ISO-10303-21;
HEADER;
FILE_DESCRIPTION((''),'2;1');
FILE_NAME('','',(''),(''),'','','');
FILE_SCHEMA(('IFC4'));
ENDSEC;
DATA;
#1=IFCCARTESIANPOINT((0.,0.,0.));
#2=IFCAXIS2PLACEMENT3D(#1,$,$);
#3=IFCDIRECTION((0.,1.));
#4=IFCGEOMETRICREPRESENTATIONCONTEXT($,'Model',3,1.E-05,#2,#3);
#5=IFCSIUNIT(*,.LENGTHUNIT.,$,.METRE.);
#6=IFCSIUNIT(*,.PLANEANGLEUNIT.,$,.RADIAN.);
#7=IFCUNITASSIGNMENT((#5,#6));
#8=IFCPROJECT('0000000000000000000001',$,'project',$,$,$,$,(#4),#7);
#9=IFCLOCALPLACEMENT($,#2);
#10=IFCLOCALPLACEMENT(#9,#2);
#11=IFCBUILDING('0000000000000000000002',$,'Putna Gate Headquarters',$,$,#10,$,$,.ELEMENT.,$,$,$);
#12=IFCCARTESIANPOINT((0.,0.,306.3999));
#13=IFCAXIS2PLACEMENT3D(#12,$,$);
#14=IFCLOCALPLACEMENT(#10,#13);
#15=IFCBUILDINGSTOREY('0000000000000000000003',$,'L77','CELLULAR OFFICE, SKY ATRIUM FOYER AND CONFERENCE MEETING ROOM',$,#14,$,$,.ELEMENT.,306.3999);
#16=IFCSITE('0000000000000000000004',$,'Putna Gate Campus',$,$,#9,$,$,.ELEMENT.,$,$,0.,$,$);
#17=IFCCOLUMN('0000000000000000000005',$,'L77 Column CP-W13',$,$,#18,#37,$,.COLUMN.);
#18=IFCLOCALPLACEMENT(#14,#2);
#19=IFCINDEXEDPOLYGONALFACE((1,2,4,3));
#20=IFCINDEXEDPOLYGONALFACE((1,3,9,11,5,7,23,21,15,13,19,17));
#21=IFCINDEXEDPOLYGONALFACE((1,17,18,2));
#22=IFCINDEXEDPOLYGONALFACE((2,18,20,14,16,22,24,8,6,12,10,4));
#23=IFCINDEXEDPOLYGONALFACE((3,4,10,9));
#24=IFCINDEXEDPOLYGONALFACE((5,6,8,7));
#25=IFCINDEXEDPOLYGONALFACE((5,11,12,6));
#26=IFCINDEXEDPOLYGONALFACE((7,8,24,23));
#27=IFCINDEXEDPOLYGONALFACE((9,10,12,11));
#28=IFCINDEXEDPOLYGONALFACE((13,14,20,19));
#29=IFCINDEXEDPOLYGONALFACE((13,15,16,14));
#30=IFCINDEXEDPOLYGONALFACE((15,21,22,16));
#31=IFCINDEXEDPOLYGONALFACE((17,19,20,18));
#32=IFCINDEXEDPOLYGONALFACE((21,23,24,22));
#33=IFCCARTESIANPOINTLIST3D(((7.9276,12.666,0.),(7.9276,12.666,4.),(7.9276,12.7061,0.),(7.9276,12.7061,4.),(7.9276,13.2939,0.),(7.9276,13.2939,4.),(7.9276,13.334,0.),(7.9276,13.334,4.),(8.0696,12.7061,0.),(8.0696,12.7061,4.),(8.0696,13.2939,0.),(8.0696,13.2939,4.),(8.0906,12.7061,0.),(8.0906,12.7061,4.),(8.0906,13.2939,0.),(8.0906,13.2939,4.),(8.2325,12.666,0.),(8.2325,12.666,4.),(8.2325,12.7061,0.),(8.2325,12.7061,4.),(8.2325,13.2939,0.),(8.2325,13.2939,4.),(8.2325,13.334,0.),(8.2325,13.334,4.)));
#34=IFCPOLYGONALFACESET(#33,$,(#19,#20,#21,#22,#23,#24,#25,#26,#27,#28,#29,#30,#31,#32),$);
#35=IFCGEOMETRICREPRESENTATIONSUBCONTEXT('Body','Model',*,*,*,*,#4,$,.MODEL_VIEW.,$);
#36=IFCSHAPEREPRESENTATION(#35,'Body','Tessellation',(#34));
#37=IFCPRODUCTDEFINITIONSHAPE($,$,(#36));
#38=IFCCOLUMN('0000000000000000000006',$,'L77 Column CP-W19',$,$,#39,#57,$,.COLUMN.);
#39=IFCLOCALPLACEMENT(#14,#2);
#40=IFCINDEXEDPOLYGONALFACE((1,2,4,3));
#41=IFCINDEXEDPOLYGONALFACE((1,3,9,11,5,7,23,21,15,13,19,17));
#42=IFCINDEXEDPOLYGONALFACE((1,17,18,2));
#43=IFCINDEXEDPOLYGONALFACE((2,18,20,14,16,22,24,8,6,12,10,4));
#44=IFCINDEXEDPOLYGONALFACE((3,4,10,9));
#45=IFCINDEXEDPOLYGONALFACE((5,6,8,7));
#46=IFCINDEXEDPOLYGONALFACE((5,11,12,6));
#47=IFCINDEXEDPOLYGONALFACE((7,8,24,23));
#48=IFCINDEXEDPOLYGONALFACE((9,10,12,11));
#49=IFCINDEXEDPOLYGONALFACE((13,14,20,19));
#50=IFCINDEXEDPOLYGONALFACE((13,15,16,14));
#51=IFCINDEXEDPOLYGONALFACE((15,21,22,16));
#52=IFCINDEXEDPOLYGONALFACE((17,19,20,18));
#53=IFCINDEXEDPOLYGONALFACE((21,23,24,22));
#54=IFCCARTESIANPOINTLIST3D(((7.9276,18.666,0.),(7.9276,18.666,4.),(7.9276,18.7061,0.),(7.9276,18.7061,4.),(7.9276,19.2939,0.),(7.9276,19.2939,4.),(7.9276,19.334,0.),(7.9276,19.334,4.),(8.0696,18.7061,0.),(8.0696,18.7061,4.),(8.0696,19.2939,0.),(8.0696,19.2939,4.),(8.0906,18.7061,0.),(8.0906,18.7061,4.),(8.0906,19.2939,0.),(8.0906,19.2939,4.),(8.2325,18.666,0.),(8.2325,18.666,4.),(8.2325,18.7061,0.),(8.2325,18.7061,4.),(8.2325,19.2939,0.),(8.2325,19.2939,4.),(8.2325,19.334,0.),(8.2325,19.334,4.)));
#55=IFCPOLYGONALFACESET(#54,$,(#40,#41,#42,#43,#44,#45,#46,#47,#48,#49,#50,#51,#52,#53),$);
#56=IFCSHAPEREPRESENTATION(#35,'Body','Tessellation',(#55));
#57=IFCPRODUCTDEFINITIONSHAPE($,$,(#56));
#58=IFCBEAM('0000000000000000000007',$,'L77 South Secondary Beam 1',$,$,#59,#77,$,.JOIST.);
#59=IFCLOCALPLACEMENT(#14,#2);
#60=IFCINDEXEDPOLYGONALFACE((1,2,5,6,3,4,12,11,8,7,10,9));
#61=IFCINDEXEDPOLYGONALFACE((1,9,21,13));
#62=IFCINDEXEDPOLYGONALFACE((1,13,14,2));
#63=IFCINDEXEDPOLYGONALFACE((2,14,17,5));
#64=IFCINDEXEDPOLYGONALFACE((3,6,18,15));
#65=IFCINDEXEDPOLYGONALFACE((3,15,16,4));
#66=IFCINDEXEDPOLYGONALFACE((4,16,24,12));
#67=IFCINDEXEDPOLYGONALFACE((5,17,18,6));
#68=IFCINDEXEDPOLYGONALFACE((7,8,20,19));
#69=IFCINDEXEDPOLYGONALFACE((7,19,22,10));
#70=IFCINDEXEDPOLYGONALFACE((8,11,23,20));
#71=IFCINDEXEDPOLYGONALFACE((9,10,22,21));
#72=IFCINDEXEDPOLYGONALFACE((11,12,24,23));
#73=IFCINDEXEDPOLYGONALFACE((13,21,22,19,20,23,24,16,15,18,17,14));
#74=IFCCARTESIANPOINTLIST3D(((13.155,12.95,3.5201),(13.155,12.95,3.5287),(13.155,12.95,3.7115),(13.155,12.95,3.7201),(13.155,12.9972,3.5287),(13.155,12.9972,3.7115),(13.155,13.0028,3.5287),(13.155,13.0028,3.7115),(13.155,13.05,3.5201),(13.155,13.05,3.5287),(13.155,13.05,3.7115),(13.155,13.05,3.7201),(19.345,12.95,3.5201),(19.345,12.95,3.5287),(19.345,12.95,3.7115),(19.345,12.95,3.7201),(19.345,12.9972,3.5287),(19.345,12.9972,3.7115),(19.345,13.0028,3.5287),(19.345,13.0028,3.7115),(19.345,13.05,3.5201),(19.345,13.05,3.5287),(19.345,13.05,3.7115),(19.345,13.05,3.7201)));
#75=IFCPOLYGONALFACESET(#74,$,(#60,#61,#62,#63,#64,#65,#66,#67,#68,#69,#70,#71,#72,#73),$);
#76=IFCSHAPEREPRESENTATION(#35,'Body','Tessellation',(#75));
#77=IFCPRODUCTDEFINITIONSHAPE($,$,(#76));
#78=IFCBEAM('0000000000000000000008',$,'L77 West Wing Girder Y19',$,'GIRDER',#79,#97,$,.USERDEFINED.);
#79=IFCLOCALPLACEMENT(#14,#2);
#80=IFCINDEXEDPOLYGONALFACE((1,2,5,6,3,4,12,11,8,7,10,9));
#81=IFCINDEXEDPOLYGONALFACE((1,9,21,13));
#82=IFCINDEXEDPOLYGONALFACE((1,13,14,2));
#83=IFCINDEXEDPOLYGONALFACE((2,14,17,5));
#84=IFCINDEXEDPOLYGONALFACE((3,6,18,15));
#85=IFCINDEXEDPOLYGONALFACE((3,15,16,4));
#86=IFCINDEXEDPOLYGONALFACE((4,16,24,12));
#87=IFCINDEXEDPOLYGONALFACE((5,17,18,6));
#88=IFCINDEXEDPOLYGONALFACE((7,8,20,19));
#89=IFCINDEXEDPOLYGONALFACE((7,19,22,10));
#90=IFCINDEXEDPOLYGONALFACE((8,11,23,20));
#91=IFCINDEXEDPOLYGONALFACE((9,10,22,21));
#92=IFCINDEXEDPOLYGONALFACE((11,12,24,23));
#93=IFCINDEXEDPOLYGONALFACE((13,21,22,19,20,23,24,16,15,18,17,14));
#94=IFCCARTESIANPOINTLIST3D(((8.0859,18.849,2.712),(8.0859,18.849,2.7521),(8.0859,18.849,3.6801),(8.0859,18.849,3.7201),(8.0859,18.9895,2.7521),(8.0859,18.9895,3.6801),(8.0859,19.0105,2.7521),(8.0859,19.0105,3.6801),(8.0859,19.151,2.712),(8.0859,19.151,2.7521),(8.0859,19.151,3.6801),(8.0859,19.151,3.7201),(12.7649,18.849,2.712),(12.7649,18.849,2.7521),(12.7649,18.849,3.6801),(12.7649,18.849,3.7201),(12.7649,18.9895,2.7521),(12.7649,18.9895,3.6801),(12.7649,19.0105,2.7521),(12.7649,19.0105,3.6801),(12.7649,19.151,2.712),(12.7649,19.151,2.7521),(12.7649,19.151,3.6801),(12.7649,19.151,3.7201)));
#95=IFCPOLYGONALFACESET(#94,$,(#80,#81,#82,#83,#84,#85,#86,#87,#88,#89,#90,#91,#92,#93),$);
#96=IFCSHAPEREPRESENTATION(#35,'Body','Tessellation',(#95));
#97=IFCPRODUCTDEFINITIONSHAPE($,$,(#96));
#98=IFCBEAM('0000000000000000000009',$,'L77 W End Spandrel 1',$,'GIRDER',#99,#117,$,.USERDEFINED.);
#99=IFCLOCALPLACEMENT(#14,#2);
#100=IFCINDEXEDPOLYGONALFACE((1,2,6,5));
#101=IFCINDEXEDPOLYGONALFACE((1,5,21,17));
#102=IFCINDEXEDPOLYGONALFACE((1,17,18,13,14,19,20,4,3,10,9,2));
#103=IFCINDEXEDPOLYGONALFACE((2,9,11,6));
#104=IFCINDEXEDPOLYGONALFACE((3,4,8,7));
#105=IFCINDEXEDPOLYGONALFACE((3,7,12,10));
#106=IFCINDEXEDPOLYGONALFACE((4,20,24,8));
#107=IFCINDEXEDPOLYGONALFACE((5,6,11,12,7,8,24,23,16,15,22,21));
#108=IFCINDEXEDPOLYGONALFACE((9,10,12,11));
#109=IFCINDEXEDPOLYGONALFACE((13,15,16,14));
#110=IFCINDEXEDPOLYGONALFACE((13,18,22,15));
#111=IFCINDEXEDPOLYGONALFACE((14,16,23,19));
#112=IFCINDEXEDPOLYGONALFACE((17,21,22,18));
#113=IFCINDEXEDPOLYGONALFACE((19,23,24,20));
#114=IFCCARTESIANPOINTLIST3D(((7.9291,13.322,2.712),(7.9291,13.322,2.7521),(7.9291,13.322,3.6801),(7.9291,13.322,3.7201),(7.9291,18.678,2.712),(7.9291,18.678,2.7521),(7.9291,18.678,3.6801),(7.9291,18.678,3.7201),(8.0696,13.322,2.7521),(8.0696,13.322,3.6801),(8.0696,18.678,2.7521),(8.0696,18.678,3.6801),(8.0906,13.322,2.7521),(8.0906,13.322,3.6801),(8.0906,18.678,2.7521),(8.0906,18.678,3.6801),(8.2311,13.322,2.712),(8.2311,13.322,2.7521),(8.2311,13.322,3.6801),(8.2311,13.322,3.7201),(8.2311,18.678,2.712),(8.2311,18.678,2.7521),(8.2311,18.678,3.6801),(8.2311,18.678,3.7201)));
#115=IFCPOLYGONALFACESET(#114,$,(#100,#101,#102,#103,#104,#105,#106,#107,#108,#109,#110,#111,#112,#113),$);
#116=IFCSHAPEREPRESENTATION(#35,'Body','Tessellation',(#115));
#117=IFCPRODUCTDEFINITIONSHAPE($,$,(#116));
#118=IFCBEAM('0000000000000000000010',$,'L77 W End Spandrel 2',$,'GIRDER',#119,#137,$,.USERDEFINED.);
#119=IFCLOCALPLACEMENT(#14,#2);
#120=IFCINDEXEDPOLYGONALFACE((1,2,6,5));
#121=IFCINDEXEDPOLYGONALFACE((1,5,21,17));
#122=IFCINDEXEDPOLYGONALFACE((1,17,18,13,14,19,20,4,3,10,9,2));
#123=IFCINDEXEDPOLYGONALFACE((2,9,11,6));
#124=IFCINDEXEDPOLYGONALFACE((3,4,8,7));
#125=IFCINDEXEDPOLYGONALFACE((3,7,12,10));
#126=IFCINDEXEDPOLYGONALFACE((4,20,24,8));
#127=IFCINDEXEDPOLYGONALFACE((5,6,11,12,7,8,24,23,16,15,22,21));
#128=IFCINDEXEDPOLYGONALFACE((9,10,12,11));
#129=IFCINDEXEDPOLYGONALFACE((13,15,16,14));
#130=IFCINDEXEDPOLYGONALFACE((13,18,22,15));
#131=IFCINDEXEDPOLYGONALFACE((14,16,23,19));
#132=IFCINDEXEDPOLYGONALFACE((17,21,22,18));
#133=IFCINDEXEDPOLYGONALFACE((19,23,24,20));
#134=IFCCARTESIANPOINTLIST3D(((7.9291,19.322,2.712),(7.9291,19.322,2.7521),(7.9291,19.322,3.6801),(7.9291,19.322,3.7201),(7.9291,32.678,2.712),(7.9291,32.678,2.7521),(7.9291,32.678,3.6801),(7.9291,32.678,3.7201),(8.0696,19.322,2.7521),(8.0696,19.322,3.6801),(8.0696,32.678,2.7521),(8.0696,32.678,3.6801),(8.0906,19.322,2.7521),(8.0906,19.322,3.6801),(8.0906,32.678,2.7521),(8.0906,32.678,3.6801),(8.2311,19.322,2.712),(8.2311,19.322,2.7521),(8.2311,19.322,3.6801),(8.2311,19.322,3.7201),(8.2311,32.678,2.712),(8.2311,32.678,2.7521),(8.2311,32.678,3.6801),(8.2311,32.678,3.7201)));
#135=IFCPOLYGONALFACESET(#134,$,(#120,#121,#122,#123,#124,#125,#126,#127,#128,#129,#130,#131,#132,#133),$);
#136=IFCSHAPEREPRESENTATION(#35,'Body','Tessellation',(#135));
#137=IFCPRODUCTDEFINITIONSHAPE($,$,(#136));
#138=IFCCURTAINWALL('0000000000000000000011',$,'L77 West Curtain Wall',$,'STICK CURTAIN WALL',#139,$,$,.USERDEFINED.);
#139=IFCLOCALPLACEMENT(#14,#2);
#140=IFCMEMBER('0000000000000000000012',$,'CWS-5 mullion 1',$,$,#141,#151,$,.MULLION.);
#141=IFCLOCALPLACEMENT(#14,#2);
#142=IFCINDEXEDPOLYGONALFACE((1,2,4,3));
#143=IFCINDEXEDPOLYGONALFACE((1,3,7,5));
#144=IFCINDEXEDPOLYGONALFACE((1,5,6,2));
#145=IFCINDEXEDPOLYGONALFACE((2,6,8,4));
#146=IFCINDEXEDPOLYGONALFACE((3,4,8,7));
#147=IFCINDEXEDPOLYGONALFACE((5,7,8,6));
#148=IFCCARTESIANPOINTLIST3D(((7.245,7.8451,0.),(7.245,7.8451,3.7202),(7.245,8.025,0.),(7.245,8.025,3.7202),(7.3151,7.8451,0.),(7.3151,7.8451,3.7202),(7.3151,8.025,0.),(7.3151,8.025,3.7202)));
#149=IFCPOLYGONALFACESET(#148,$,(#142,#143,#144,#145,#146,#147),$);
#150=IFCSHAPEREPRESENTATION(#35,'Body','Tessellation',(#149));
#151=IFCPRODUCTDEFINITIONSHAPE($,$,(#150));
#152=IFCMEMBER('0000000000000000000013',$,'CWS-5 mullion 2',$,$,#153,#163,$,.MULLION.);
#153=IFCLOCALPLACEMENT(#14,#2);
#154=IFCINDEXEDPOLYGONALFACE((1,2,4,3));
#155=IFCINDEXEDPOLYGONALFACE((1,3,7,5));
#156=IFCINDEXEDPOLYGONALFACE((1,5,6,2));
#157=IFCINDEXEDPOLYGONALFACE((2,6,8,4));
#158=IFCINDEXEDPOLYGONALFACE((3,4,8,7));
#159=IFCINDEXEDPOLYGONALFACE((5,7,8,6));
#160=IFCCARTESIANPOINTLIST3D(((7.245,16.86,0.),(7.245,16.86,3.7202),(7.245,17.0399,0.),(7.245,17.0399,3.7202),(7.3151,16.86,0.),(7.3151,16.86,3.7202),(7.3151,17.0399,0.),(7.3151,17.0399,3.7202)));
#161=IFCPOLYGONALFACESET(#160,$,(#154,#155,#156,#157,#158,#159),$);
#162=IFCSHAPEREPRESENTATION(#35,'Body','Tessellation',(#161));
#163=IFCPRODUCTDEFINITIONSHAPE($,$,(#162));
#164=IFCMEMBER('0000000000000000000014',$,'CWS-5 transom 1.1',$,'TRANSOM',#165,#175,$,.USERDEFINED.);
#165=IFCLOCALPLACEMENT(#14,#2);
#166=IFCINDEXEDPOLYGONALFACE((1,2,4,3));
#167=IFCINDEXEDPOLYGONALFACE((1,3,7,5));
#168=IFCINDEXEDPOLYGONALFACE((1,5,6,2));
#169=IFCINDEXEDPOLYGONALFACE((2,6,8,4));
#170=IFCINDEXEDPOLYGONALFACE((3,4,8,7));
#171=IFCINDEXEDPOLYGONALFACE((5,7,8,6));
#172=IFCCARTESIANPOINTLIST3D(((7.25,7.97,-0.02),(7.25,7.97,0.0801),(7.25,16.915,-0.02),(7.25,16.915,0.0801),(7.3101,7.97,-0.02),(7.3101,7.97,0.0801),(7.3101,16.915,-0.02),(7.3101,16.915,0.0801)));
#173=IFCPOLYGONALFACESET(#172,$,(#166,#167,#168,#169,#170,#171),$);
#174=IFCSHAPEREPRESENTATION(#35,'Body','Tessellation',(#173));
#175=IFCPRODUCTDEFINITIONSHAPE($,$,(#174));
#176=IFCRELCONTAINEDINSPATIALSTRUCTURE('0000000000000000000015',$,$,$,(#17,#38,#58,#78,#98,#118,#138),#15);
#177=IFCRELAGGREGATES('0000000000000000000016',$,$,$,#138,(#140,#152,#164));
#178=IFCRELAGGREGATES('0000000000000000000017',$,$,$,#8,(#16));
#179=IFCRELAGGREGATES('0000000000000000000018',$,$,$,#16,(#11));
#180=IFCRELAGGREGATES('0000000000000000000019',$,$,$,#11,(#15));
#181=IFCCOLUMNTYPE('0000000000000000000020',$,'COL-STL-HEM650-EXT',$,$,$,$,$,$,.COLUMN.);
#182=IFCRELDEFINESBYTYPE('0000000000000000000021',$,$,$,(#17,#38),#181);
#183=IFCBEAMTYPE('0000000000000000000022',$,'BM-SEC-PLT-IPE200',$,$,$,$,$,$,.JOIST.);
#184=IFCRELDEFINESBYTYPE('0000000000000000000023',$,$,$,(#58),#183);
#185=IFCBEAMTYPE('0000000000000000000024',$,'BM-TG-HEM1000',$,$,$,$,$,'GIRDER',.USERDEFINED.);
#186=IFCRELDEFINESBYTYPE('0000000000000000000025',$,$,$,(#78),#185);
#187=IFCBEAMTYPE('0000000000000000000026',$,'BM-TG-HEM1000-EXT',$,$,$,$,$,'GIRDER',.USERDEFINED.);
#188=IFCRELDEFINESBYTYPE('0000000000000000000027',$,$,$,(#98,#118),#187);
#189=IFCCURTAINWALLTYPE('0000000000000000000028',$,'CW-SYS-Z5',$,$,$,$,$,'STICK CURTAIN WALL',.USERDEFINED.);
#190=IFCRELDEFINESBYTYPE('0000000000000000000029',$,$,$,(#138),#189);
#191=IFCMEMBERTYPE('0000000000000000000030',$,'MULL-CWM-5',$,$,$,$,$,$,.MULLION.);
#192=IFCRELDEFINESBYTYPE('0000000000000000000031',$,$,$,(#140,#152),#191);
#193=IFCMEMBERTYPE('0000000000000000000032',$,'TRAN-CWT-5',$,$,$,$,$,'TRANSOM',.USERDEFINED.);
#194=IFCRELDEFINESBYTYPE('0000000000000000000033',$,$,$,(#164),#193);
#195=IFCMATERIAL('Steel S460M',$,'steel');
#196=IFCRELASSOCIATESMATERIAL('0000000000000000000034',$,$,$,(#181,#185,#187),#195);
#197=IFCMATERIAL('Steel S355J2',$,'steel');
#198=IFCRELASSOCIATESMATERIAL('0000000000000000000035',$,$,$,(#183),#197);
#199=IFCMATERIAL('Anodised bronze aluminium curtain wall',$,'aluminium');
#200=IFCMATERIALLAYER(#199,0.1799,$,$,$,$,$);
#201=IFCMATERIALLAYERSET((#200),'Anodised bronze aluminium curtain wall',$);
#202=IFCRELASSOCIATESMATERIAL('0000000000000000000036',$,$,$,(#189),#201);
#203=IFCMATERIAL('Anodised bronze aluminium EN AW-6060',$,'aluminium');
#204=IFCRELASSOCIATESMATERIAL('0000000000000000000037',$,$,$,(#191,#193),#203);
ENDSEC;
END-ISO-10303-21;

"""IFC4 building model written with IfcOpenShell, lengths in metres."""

from ifc_helpers import new_model, si_unit, direction, frame, origin, origin_2d, place, context, subcontext, project, spatial, rectangle, i_section, extrude, material, layer, layer_set, material_profile, profile_set, type_object, element, aggregate, save


model = new_model("IFC4")

# Units and contexts
model_context = context("Model", 3, precision=1e-05, world=origin(), true_north=direction((0.0, 1.0)))
body_context = subcontext(model_context, "Body", "Model", "MODEL_VIEW")
ifc_project = project(units=[si_unit("LENGTHUNIT", "METRE"), si_unit("PLANEANGLEUNIT", "RADIAN")], contexts=[model_context])

# Site, building, storey
site_placement = place(None, origin())
site = spatial("IfcSite", under=ifc_project, at=site_placement, Name="Putna Gate Campus", CompositionType="ELEMENT", RefElevation=0.0)
building_placement = place(site_placement, origin())
building = spatial("IfcBuilding", under=site, at=building_placement, Name="Putna Gate Headquarters", CompositionType="ELEMENT")
storey_placement = place(building_placement, frame((0.0, 0.0, 306.3999)))
storey = spatial("IfcBuildingStorey", under=building, at=storey_placement, Name="L77", Description="CELLULAR OFFICE, SKY ATRIUM FOYER AND CONFERENCE MEETING ROOM", CompositionType="ELEMENT", Elevation=306.3999)

# Columns
ifc_material_1 = material(Name="Steel S460M", Category="steel")
ifc_material_profile_1 = material_profile(ifc_material_1, i_section(OverallWidth=0.3049, OverallDepth=0.668, WebThickness=0.021, FlangeThickness=0.04, at=origin_2d()), Name="Steel S460M")
ifc_profile_set_1 = profile_set([ifc_material_profile_1], Name="Steel S460M")
column_type = type_object("IfcColumnType", Name="COL-STL-HEM650-EXT", PredefinedType="COLUMN", material=ifc_profile_set_1)
for number, where, z_axis, x_axis, name in (
    (1, (8.0801, 13.0, 0.0), (0.0, 0.0, 1.0), (1.0, 0.0, 0.0), "L77 Column CP-W13"),
    (2, (8.0801, 19.0, 0.0), (0.0, 0.0, 1.0), (1.0, 0.0, 0.0), "L77 Column CP-W19"),
):
    element("IfcColumn", number, at=place(storey_placement, frame(where, z_axis=z_axis, x_axis=x_axis)), inside=storey, type_object=column_type, Name=name, PredefinedType="COLUMN", context=body_context, shape_type="SweptSolid", body=[
        extrude(i_section(OverallWidth=0.3049, OverallDepth=0.668, WebThickness=0.021, FlangeThickness=0.04, at=origin_2d()), origin(), (0.0, 0.0, 1.0), 4.0),
    ])

# Beams
ifc_material_2 = material(Name="Steel S355J2", Category="steel")
ifc_material_profile_2 = material_profile(ifc_material_2, i_section(OverallWidth=0.1001, OverallDepth=0.2, WebThickness=0.0056, FlangeThickness=0.0085, at=origin_2d()), Name="Steel S355J2")
ifc_profile_set_2 = profile_set([ifc_material_profile_2], Name="Steel S355J2")
beam_type_1 = type_object("IfcBeamType", Name="BM-SEC-PLT-IPE200", PredefinedType="JOIST", material=ifc_profile_set_2)
beam_1_placement = place(storey_placement, frame((13.155, 13.0, 3.6201), z_axis=(1.0, 0.0, 0.0), x_axis=(0.0, 1.0, 0.0)))
element("IfcBeam", 3, at=beam_1_placement, inside=storey, type_object=beam_type_1, Name="L77 South Secondary Beam 1", PredefinedType="JOIST", context=body_context, shape_type="SweptSolid", body=[
    extrude(i_section(OverallWidth=0.1001, OverallDepth=0.2, WebThickness=0.0056, FlangeThickness=0.0085, at=origin_2d()), origin(), (0.0, 0.0, 1.0), 6.1899),
])
ifc_material_profile_3 = material_profile(ifc_material_1, i_section(OverallWidth=0.302, OverallDepth=1.0081, WebThickness=0.021, FlangeThickness=0.04, at=origin_2d()), Name="Steel S460M")
ifc_profile_set_3 = profile_set([ifc_material_profile_3], Name="Steel S460M")
beam_type_2 = type_object("IfcBeamType", Name="BM-TG-HEM1000", ElementType="GIRDER", PredefinedType="USERDEFINED", material=ifc_profile_set_3)
beam_2_placement = place(storey_placement, frame((8.0859, 19.0, 3.2161), z_axis=(1.0, 0.0, 0.0), x_axis=(0.0, 1.0, 0.0)))
element("IfcBeam", 4, at=beam_2_placement, inside=storey, type_object=beam_type_2, Name="L77 West Wing Girder Y19", ObjectType="GIRDER", PredefinedType="USERDEFINED", context=body_context, shape_type="SweptSolid", body=[
    extrude(i_section(OverallWidth=0.302, OverallDepth=1.0081, WebThickness=0.021, FlangeThickness=0.04, at=origin_2d()), origin(), (0.0, 0.0, 1.0), 4.679),
])
ifc_material_profile_4 = material_profile(ifc_material_1, i_section(OverallWidth=0.302, OverallDepth=1.0081, WebThickness=0.021, FlangeThickness=0.04, at=origin_2d()), Name="Steel S460M")
ifc_profile_set_4 = profile_set([ifc_material_profile_4], Name="Steel S460M")
beam_type_3 = type_object("IfcBeamType", Name="BM-TG-HEM1000-EXT", ElementType="GIRDER", PredefinedType="USERDEFINED", material=ifc_profile_set_4)
beam_3_placement = place(storey_placement, frame((8.0801, 13.322, 3.2161), z_axis=(0.0, 1.0, 0.0), x_axis=(-1.0, 0.0, 0.0)))
element("IfcBeam", 5, at=beam_3_placement, inside=storey, type_object=beam_type_3, Name="L77 W End Spandrel 1", ObjectType="GIRDER", PredefinedType="USERDEFINED", context=body_context, shape_type="SweptSolid", body=[
    extrude(i_section(OverallWidth=0.302, OverallDepth=1.0081, WebThickness=0.021, FlangeThickness=0.04, at=origin_2d()), origin(), (0.0, 0.0, 1.0), 5.356),
])
beam_4_placement = place(storey_placement, frame((8.0801, 19.322, 3.2161), z_axis=(0.0, 1.0, 0.0), x_axis=(-1.0, 0.0, 0.0)))
element("IfcBeam", 6, at=beam_4_placement, inside=storey, type_object=beam_type_3, Name="L77 W End Spandrel 2", ObjectType="GIRDER", PredefinedType="USERDEFINED", context=body_context, shape_type="SweptSolid", body=[
    extrude(i_section(OverallWidth=0.302, OverallDepth=1.0081, WebThickness=0.021, FlangeThickness=0.04, at=origin_2d()), origin(), (0.0, 0.0, 1.0), 13.356),
])

# Curtain wall, members
ifc_material_3 = material(Name="Anodised bronze aluminium curtain wall", Category="aluminium")
ifc_layer_1 = layer(ifc_material_3, 0.1799)
ifc_layer_set_1 = layer_set([ifc_layer_1], Name="Anodised bronze aluminium curtain wall")
curtain_wall_type = type_object("IfcCurtainWallType", Name="CW-SYS-Z5", ElementType="STICK CURTAIN WALL", PredefinedType="USERDEFINED", material=ifc_layer_set_1)
curtain_wall_placement = place(storey_placement, origin())
curtain_wall = element("IfcCurtainWall", 7, at=curtain_wall_placement, inside=storey, type_object=curtain_wall_type, Name="L77 West Curtain Wall", ObjectType="STICK CURTAIN WALL", PredefinedType="USERDEFINED")
ifc_material_4 = material(Name="Anodised bronze aluminium EN AW-6060", Category="aluminium")
ifc_material_profile_5 = material_profile(ifc_material_4, rectangle(XDim=0.0701, YDim=0.1799, at=origin_2d()), Name="Anodised bronze aluminium EN AW-6060")
ifc_profile_set_5 = profile_set([ifc_material_profile_5], Name="Anodised bronze aluminium EN AW-6060")
member_type_1 = type_object("IfcMemberType", Name="MULL-CWM-5", PredefinedType="MULLION", material=ifc_profile_set_5)
member_1_placement = place(storey_placement, frame((7.28, 7.9351, 0.0), z_axis=(0.0, 0.0, 1.0), x_axis=(-1.0, 0.0, 0.0)))
member_1 = element("IfcMember", 8, at=member_1_placement, type_object=member_type_1, Name="CWS-5 mullion 1", PredefinedType="MULLION", context=body_context, shape_type="SweptSolid", body=[
    extrude(rectangle(XDim=0.0701, YDim=0.1799, at=origin_2d()), origin(), (0.0, 0.0, 1.0), 3.7202),
])
member_2_placement = place(storey_placement, frame((7.28, 16.95, 0.0), z_axis=(0.0, 0.0, 1.0), x_axis=(-1.0, 0.0, 0.0)))
member_2 = element("IfcMember", 9, at=member_2_placement, type_object=member_type_1, Name="CWS-5 mullion 2", PredefinedType="MULLION", context=body_context, shape_type="SweptSolid", body=[
    extrude(rectangle(XDim=0.0701, YDim=0.1799, at=origin_2d()), origin(), (0.0, 0.0, 1.0), 3.7202),
])
ifc_material_profile_6 = material_profile(ifc_material_4, rectangle(XDim=0.0601, YDim=0.1001, at=origin_2d()), Name="Anodised bronze aluminium EN AW-6060")
ifc_profile_set_6 = profile_set([ifc_material_profile_6], Name="Anodised bronze aluminium EN AW-6060")
member_type_2 = type_object("IfcMemberType", Name="TRAN-CWT-5", ElementType="TRANSOM", PredefinedType="USERDEFINED", material=ifc_profile_set_6)
member_3_placement = place(storey_placement, frame((7.28, 7.97, 0.03), z_axis=(0.0, 1.0, 0.0), x_axis=(-1.0, 0.0, 0.0)))
member_3 = element("IfcMember", 10, at=member_3_placement, type_object=member_type_2, Name="CWS-5 transom 1.1", ObjectType="TRANSOM", PredefinedType="USERDEFINED", context=body_context, shape_type="SweptSolid", body=[
    extrude(rectangle(XDim=0.0601, YDim=0.1001, at=origin_2d()), origin(), (0.0, 0.0, 1.0), 8.9451),
])
aggregate(curtain_wall, [member_1, member_2, member_3])

save(model, "model.ifc")
